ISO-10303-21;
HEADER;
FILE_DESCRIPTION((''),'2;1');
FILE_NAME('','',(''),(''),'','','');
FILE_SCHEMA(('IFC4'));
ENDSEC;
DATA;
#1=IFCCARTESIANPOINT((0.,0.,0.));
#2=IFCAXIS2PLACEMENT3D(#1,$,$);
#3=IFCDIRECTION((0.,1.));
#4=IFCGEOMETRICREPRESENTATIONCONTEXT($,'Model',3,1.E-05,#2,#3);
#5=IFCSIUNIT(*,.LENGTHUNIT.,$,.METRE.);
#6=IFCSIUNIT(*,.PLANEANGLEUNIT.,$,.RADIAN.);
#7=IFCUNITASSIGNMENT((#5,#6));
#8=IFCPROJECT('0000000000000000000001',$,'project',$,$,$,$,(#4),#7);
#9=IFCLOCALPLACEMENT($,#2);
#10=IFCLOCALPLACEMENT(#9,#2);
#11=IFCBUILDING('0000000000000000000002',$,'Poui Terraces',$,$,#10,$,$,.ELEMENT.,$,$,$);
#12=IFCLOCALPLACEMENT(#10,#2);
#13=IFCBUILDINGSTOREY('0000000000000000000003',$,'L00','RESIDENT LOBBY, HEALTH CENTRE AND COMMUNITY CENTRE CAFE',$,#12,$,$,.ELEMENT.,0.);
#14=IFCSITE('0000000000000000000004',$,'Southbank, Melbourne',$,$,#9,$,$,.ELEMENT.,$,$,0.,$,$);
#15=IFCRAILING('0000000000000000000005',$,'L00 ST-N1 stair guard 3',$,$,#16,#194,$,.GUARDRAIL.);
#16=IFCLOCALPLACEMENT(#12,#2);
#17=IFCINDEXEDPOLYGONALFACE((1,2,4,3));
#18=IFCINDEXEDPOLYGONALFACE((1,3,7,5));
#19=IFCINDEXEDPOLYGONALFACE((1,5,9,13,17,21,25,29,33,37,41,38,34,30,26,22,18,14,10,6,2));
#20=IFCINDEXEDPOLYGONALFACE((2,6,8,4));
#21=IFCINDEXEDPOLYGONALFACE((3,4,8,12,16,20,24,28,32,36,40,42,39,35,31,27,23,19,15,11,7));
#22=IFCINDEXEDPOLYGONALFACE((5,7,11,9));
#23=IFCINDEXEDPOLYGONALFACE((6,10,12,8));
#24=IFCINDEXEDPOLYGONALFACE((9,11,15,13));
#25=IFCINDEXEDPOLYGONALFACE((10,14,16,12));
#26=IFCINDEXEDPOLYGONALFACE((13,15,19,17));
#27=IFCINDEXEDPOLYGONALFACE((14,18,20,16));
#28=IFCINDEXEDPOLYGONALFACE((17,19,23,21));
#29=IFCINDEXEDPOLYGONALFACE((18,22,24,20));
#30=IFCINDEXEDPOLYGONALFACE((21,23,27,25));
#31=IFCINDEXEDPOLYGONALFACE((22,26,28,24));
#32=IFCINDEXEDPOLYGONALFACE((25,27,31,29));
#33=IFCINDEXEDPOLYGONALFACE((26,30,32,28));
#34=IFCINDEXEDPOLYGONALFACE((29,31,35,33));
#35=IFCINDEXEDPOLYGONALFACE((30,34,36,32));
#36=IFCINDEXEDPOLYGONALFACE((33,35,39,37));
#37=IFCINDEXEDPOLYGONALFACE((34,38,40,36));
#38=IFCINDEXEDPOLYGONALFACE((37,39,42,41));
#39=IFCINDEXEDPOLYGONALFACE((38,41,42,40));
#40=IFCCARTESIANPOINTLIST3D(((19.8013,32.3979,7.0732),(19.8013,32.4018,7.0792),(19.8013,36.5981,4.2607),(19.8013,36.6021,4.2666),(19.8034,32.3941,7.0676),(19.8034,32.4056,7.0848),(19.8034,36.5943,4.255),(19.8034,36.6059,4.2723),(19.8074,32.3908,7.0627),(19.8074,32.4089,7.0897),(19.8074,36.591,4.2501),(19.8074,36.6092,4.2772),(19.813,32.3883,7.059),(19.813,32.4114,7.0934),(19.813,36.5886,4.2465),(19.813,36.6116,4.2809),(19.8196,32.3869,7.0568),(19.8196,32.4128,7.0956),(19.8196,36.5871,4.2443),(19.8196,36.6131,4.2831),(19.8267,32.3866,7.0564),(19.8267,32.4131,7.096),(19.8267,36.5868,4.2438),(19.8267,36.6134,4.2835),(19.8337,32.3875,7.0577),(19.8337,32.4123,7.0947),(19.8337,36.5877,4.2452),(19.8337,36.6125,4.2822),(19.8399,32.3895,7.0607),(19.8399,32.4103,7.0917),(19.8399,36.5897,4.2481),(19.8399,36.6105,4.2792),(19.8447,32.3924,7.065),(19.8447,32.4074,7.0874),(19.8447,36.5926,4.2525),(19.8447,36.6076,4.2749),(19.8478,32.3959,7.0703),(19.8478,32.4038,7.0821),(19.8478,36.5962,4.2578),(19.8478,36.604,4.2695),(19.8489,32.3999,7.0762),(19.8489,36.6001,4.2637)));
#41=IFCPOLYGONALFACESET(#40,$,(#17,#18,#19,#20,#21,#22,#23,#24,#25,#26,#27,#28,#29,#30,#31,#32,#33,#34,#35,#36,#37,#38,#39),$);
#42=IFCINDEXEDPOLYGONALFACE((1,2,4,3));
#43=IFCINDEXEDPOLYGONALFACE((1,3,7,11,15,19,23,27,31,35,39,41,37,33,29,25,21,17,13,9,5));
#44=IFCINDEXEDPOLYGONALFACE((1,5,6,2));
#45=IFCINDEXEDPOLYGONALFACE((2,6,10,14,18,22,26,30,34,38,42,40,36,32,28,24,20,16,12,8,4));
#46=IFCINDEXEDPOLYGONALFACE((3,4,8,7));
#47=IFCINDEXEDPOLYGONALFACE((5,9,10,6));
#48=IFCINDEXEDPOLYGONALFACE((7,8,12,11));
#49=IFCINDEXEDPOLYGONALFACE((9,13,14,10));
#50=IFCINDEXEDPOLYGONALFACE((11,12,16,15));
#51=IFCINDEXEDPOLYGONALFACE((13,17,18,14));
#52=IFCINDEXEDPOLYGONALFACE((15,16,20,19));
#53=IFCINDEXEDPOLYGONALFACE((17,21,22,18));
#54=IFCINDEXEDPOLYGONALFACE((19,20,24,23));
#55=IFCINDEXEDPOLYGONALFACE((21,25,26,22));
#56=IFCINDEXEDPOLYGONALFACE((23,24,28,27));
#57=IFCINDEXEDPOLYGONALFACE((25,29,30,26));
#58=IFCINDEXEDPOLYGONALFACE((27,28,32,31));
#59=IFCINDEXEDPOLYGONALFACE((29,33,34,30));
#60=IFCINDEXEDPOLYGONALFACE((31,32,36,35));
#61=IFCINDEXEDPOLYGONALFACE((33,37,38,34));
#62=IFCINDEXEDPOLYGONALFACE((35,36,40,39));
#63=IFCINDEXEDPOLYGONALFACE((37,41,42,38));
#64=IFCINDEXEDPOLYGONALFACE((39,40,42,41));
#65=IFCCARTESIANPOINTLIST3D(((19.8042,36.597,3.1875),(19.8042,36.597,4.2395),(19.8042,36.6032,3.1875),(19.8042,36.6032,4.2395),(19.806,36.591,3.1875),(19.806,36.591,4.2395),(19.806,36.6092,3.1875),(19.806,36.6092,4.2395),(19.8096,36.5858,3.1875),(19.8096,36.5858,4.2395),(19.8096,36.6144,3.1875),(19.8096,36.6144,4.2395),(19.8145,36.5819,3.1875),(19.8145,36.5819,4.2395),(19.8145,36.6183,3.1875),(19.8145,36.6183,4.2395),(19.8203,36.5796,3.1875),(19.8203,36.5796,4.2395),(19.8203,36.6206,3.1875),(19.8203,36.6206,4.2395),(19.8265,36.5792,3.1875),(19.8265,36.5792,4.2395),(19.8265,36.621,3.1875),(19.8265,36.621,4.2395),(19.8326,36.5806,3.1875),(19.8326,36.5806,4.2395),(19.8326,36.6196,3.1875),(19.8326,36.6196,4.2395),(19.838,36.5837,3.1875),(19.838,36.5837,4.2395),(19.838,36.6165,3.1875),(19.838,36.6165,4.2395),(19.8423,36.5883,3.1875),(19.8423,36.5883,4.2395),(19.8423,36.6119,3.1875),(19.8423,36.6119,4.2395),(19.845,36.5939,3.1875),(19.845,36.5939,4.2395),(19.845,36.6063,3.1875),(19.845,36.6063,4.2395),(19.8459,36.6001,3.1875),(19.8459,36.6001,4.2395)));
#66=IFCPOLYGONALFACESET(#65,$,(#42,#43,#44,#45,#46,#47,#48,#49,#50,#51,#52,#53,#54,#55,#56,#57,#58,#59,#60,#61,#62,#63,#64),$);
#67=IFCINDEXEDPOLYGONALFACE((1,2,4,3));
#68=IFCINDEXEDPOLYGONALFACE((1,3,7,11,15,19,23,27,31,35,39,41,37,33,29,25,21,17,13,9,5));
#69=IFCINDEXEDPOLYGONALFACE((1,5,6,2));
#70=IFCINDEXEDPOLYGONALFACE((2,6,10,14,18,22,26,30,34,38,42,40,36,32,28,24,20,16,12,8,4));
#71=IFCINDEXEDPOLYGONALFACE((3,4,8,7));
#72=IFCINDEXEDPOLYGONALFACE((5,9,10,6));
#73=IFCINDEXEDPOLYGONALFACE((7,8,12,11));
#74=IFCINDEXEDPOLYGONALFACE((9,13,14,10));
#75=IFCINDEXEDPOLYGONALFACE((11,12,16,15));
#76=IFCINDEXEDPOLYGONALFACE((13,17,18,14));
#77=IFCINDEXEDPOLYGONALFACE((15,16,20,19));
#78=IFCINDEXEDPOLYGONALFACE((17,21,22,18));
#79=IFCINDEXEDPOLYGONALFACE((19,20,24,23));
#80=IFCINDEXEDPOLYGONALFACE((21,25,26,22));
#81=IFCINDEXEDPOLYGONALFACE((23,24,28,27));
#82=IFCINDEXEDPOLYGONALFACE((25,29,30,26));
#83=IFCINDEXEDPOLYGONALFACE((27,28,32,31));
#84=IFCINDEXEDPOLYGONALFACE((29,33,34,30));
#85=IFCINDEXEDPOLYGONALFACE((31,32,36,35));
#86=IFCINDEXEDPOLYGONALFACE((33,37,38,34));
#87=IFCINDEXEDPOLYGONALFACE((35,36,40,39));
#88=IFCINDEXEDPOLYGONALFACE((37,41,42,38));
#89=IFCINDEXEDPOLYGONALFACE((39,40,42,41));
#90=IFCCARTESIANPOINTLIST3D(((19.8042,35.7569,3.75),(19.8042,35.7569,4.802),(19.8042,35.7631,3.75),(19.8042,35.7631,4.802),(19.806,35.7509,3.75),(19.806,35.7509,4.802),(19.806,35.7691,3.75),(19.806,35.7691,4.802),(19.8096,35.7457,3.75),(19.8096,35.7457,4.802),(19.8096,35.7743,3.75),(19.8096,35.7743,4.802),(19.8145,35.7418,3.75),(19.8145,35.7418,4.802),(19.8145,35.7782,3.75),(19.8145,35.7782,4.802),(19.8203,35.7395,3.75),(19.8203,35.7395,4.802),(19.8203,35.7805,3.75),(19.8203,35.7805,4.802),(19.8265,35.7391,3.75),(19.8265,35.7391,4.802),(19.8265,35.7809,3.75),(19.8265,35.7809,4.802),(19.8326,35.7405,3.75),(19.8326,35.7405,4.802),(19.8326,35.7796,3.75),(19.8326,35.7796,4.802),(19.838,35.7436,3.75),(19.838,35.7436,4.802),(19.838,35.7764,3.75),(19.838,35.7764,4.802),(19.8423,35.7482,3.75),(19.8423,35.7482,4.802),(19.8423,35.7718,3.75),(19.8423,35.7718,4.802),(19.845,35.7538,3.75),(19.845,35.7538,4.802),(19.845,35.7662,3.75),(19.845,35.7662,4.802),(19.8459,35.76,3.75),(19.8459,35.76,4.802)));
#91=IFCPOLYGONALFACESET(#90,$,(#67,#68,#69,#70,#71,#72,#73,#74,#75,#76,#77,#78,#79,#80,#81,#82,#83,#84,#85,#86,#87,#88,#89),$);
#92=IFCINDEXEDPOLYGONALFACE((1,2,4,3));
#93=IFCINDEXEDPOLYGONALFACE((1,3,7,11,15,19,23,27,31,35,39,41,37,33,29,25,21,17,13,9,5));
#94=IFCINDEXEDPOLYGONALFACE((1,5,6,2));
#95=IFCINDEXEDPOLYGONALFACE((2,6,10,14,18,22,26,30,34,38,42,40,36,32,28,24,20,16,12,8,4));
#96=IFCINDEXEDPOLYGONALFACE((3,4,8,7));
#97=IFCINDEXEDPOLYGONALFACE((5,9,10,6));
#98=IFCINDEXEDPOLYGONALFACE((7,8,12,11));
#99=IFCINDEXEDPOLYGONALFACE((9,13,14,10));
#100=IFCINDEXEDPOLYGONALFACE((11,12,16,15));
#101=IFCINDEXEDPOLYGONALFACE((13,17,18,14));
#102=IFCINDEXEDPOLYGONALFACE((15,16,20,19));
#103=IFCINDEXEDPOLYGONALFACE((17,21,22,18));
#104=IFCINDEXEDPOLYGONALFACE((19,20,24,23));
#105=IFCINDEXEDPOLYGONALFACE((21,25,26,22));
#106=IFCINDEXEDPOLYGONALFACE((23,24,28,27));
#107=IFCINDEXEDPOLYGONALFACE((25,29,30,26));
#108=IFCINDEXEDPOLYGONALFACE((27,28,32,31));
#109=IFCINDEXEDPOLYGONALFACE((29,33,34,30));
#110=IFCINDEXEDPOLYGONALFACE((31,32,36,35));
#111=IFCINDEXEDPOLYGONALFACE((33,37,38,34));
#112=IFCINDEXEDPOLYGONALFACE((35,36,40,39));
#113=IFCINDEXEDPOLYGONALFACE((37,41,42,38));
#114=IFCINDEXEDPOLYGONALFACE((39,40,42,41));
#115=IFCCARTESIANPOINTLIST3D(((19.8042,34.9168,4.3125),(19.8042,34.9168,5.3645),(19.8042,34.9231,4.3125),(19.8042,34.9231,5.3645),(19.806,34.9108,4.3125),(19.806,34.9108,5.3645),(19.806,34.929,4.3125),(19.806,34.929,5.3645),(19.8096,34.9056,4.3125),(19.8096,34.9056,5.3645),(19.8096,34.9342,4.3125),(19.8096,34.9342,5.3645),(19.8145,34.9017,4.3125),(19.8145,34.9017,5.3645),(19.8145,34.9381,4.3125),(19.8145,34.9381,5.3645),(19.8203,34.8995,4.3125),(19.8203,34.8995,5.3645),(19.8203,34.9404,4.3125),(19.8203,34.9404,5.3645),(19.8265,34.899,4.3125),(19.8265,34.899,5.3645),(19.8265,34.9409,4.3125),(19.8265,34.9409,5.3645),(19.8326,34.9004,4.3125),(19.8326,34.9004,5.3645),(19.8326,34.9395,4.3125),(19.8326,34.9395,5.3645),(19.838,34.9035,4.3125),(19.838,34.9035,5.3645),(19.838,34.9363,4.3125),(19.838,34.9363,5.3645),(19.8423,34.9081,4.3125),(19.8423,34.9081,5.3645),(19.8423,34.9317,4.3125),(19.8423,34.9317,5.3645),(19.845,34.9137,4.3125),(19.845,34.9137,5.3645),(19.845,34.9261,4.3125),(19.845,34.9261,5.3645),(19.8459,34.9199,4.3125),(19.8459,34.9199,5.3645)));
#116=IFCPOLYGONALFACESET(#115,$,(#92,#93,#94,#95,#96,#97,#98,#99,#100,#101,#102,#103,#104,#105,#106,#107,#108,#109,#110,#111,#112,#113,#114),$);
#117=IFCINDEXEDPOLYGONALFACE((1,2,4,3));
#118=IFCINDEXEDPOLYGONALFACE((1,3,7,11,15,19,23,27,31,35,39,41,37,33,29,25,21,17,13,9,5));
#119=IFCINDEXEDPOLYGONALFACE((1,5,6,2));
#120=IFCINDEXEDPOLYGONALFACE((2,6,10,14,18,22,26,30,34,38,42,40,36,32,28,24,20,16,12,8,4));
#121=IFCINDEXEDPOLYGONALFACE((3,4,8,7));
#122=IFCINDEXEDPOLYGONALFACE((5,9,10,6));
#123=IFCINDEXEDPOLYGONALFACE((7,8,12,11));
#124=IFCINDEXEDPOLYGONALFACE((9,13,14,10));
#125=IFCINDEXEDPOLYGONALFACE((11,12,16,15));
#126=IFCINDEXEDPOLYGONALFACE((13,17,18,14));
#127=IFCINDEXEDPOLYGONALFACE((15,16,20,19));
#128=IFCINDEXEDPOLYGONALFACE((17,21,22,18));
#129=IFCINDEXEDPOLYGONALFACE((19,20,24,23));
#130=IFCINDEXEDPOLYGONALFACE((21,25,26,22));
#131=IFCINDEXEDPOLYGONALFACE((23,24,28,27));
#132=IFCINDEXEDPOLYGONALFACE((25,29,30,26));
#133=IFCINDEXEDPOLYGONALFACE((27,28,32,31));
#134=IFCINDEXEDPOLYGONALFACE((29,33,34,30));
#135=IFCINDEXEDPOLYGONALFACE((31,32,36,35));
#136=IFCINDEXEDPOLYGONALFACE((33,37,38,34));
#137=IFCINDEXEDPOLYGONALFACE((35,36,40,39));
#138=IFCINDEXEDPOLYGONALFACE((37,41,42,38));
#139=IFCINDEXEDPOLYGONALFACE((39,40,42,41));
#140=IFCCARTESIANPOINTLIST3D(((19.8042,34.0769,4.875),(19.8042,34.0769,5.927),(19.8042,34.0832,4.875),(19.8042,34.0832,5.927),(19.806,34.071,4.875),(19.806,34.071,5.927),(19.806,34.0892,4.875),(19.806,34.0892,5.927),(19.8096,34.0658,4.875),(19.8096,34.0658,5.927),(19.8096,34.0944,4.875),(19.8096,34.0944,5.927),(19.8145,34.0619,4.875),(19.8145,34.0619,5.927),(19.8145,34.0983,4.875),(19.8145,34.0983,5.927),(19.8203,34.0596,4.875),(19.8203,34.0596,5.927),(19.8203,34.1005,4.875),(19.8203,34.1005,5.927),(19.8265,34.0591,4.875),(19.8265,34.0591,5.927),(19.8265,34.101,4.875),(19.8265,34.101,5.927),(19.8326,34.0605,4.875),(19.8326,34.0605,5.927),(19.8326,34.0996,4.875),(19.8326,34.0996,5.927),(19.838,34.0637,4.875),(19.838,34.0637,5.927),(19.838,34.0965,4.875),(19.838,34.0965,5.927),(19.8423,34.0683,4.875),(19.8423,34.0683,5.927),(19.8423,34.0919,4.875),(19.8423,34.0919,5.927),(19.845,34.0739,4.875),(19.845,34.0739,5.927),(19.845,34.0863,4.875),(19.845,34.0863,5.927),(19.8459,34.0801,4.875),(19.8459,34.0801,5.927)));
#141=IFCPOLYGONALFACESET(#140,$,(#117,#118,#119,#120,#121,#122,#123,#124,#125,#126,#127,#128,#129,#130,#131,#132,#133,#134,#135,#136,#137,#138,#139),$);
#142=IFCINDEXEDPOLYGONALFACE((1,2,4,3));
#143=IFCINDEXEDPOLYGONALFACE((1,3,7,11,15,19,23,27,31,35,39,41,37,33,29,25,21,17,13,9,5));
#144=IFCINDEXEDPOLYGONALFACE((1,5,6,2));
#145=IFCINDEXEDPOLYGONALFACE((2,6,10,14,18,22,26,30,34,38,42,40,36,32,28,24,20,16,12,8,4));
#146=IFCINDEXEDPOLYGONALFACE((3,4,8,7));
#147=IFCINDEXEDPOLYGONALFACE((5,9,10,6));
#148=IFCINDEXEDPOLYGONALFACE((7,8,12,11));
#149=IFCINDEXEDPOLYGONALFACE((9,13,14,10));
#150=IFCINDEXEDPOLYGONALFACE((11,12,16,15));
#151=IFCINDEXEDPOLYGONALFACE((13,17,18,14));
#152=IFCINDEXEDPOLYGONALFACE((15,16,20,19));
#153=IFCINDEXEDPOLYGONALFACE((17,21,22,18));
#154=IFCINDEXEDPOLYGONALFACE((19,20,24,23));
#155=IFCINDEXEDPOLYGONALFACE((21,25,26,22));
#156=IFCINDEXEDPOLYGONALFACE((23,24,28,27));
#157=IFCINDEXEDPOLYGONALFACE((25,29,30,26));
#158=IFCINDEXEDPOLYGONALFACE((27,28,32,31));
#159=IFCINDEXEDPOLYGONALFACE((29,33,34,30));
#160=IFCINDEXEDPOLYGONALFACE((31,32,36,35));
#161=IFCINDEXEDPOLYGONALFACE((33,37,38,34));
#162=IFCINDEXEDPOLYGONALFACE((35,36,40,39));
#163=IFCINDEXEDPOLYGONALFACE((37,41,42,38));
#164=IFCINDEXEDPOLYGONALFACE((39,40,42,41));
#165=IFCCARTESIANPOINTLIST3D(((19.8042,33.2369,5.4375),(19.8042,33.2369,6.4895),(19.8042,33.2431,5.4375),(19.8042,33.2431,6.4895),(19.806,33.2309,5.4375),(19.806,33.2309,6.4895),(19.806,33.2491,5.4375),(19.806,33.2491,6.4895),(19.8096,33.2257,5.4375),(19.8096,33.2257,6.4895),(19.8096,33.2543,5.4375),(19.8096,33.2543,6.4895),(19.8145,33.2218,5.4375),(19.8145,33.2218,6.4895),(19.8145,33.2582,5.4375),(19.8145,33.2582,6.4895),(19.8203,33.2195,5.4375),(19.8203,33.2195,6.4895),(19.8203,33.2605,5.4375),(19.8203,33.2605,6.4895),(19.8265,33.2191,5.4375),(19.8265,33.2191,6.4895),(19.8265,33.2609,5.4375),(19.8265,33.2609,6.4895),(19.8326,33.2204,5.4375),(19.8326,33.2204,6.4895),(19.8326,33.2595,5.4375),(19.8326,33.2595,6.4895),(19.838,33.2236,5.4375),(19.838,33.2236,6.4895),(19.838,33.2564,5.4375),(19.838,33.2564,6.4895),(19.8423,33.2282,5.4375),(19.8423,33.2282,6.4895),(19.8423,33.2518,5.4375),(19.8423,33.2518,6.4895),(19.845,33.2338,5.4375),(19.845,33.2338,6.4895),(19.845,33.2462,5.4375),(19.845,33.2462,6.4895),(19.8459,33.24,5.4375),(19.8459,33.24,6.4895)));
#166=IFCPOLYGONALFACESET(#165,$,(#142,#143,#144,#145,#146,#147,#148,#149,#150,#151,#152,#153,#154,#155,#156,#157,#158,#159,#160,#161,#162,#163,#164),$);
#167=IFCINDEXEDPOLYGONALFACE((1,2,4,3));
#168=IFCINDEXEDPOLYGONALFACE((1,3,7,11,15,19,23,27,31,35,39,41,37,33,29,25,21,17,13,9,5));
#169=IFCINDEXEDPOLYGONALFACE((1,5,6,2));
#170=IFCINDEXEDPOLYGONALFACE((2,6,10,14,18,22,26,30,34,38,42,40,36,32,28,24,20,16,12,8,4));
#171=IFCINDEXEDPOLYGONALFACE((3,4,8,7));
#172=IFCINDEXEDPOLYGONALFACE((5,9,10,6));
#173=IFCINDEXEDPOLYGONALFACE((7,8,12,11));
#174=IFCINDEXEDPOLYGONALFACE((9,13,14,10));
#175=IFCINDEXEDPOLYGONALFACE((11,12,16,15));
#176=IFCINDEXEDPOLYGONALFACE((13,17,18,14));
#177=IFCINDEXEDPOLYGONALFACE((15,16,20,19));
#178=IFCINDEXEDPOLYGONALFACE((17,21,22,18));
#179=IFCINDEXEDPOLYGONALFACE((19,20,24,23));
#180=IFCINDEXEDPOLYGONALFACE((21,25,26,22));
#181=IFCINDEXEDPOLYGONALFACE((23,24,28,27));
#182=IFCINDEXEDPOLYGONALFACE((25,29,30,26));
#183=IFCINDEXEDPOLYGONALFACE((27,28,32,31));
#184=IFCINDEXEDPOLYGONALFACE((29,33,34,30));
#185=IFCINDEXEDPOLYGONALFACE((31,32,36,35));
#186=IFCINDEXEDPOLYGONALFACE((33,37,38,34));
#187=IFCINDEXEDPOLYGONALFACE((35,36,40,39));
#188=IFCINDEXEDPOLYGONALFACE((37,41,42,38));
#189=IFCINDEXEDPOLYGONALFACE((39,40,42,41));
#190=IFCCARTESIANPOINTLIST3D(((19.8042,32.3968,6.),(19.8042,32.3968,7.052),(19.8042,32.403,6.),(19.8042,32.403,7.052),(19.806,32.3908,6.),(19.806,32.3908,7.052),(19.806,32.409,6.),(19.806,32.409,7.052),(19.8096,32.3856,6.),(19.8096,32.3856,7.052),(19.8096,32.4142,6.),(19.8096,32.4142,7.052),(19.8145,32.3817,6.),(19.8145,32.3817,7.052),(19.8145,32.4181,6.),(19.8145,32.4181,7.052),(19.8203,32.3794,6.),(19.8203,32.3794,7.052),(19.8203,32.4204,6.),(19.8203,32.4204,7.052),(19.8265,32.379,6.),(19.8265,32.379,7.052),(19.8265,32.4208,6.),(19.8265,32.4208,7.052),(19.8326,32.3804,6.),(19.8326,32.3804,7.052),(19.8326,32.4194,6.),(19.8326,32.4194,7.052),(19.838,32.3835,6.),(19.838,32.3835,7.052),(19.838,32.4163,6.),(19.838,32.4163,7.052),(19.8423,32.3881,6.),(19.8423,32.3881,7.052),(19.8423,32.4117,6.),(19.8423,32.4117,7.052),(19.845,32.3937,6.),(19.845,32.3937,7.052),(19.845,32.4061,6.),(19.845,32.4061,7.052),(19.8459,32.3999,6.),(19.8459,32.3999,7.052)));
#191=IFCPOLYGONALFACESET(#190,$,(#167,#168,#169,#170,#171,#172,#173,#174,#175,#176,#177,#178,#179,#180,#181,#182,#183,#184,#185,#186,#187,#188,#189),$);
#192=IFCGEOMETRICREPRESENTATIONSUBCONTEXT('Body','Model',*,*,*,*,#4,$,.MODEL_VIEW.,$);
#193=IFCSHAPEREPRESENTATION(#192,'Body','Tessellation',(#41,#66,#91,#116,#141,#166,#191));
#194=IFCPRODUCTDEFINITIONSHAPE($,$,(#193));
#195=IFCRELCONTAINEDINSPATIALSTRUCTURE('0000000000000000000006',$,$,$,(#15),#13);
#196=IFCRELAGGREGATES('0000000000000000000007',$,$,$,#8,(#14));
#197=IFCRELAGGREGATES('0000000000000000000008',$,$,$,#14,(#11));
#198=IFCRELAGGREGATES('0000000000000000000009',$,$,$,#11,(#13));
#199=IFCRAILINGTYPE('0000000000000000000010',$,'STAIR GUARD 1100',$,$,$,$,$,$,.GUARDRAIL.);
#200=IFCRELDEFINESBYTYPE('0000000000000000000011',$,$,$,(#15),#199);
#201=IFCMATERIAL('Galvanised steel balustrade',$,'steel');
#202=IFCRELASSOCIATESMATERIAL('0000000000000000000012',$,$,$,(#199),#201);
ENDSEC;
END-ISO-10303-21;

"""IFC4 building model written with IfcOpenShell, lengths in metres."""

from ifc_helpers import new_model, si_unit, direction, frame, origin, origin_2d, place, context, subcontext, project, spatial, circle, extrude, material, type_object, element, save


model = new_model("IFC4")

# Units and contexts
model_context = context("Model", 3, precision=1e-05, world=origin(), true_north=direction((0.0, 1.0)))
body_context = subcontext(model_context, "Body", "Model", "MODEL_VIEW")
ifc_project = project(units=[si_unit("LENGTHUNIT", "METRE"), si_unit("PLANEANGLEUNIT", "RADIAN")], contexts=[model_context])

# Site, building, storey
site_placement = place(None, origin())
site = spatial("IfcSite", under=ifc_project, at=site_placement, Name="Southbank, Melbourne", CompositionType="ELEMENT", RefElevation=0.0)
building_placement = place(site_placement, origin())
building = spatial("IfcBuilding", under=site, at=building_placement, Name="Poui Terraces", CompositionType="ELEMENT")
storey_placement = place(building_placement, origin())
storey = spatial("IfcBuildingStorey", under=building, at=storey_placement, Name="L00", Description="RESIDENT LOBBY, HEALTH CENTRE AND COMMUNITY CENTRE CAFE", CompositionType="ELEMENT", Elevation=0.0)

# Railing
ifc_material_1 = material(Name="Galvanised steel balustrade", Category="steel")
railing_type_1 = type_object("IfcRailingType", Name="STAIR GUARD 1100", PredefinedType="GUARDRAIL", material=ifc_material_1)
railing_1_placement = place(storey_placement, frame((19.825, 36.6001, 3.1875)))
element("IfcRailing", 1, at=railing_1_placement, inside=storey, type_object=railing_type_1, Name="L00 ST-N1 stair guard 3", PredefinedType="GUARDRAIL", context=body_context, shape_type="SweptSolid", body=[
    extrude(circle(Radius=0.0239, at=origin_2d()), frame((0.0, 0.0, 1.0762), z_axis=(0.0, -0.830919, 0.556393), x_axis=(1.0, 0.0, 0.0)), (0.0, 0.0, 1.0), 5.0549),
    extrude(circle(Radius=0.021, at=origin_2d()), origin(), (0.0, 0.0, 1.0), 1.052),
    extrude(circle(Radius=0.021, at=origin_2d()), frame((0.0, -0.8401, 0.5625)), (0.0, 0.0, 1.0), 1.052),
    extrude(circle(Radius=0.021, at=origin_2d()), frame((0.0, -1.6802, 1.125)), (0.0, 0.0, 1.0), 1.052),
    extrude(circle(Radius=0.021, at=origin_2d()), frame((0.0, -2.52, 1.6875)), (0.0, 0.0, 1.0), 1.052),
    extrude(circle(Radius=0.021, at=origin_2d()), frame((0.0, -3.3601, 2.25)), (0.0, 0.0, 1.0), 1.052),
    extrude(circle(Radius=0.021, at=origin_2d()), frame((0.0, -4.2002, 2.8125)), (0.0, 0.0, 1.0), 1.052),
])

save(model, "model.ifc")
